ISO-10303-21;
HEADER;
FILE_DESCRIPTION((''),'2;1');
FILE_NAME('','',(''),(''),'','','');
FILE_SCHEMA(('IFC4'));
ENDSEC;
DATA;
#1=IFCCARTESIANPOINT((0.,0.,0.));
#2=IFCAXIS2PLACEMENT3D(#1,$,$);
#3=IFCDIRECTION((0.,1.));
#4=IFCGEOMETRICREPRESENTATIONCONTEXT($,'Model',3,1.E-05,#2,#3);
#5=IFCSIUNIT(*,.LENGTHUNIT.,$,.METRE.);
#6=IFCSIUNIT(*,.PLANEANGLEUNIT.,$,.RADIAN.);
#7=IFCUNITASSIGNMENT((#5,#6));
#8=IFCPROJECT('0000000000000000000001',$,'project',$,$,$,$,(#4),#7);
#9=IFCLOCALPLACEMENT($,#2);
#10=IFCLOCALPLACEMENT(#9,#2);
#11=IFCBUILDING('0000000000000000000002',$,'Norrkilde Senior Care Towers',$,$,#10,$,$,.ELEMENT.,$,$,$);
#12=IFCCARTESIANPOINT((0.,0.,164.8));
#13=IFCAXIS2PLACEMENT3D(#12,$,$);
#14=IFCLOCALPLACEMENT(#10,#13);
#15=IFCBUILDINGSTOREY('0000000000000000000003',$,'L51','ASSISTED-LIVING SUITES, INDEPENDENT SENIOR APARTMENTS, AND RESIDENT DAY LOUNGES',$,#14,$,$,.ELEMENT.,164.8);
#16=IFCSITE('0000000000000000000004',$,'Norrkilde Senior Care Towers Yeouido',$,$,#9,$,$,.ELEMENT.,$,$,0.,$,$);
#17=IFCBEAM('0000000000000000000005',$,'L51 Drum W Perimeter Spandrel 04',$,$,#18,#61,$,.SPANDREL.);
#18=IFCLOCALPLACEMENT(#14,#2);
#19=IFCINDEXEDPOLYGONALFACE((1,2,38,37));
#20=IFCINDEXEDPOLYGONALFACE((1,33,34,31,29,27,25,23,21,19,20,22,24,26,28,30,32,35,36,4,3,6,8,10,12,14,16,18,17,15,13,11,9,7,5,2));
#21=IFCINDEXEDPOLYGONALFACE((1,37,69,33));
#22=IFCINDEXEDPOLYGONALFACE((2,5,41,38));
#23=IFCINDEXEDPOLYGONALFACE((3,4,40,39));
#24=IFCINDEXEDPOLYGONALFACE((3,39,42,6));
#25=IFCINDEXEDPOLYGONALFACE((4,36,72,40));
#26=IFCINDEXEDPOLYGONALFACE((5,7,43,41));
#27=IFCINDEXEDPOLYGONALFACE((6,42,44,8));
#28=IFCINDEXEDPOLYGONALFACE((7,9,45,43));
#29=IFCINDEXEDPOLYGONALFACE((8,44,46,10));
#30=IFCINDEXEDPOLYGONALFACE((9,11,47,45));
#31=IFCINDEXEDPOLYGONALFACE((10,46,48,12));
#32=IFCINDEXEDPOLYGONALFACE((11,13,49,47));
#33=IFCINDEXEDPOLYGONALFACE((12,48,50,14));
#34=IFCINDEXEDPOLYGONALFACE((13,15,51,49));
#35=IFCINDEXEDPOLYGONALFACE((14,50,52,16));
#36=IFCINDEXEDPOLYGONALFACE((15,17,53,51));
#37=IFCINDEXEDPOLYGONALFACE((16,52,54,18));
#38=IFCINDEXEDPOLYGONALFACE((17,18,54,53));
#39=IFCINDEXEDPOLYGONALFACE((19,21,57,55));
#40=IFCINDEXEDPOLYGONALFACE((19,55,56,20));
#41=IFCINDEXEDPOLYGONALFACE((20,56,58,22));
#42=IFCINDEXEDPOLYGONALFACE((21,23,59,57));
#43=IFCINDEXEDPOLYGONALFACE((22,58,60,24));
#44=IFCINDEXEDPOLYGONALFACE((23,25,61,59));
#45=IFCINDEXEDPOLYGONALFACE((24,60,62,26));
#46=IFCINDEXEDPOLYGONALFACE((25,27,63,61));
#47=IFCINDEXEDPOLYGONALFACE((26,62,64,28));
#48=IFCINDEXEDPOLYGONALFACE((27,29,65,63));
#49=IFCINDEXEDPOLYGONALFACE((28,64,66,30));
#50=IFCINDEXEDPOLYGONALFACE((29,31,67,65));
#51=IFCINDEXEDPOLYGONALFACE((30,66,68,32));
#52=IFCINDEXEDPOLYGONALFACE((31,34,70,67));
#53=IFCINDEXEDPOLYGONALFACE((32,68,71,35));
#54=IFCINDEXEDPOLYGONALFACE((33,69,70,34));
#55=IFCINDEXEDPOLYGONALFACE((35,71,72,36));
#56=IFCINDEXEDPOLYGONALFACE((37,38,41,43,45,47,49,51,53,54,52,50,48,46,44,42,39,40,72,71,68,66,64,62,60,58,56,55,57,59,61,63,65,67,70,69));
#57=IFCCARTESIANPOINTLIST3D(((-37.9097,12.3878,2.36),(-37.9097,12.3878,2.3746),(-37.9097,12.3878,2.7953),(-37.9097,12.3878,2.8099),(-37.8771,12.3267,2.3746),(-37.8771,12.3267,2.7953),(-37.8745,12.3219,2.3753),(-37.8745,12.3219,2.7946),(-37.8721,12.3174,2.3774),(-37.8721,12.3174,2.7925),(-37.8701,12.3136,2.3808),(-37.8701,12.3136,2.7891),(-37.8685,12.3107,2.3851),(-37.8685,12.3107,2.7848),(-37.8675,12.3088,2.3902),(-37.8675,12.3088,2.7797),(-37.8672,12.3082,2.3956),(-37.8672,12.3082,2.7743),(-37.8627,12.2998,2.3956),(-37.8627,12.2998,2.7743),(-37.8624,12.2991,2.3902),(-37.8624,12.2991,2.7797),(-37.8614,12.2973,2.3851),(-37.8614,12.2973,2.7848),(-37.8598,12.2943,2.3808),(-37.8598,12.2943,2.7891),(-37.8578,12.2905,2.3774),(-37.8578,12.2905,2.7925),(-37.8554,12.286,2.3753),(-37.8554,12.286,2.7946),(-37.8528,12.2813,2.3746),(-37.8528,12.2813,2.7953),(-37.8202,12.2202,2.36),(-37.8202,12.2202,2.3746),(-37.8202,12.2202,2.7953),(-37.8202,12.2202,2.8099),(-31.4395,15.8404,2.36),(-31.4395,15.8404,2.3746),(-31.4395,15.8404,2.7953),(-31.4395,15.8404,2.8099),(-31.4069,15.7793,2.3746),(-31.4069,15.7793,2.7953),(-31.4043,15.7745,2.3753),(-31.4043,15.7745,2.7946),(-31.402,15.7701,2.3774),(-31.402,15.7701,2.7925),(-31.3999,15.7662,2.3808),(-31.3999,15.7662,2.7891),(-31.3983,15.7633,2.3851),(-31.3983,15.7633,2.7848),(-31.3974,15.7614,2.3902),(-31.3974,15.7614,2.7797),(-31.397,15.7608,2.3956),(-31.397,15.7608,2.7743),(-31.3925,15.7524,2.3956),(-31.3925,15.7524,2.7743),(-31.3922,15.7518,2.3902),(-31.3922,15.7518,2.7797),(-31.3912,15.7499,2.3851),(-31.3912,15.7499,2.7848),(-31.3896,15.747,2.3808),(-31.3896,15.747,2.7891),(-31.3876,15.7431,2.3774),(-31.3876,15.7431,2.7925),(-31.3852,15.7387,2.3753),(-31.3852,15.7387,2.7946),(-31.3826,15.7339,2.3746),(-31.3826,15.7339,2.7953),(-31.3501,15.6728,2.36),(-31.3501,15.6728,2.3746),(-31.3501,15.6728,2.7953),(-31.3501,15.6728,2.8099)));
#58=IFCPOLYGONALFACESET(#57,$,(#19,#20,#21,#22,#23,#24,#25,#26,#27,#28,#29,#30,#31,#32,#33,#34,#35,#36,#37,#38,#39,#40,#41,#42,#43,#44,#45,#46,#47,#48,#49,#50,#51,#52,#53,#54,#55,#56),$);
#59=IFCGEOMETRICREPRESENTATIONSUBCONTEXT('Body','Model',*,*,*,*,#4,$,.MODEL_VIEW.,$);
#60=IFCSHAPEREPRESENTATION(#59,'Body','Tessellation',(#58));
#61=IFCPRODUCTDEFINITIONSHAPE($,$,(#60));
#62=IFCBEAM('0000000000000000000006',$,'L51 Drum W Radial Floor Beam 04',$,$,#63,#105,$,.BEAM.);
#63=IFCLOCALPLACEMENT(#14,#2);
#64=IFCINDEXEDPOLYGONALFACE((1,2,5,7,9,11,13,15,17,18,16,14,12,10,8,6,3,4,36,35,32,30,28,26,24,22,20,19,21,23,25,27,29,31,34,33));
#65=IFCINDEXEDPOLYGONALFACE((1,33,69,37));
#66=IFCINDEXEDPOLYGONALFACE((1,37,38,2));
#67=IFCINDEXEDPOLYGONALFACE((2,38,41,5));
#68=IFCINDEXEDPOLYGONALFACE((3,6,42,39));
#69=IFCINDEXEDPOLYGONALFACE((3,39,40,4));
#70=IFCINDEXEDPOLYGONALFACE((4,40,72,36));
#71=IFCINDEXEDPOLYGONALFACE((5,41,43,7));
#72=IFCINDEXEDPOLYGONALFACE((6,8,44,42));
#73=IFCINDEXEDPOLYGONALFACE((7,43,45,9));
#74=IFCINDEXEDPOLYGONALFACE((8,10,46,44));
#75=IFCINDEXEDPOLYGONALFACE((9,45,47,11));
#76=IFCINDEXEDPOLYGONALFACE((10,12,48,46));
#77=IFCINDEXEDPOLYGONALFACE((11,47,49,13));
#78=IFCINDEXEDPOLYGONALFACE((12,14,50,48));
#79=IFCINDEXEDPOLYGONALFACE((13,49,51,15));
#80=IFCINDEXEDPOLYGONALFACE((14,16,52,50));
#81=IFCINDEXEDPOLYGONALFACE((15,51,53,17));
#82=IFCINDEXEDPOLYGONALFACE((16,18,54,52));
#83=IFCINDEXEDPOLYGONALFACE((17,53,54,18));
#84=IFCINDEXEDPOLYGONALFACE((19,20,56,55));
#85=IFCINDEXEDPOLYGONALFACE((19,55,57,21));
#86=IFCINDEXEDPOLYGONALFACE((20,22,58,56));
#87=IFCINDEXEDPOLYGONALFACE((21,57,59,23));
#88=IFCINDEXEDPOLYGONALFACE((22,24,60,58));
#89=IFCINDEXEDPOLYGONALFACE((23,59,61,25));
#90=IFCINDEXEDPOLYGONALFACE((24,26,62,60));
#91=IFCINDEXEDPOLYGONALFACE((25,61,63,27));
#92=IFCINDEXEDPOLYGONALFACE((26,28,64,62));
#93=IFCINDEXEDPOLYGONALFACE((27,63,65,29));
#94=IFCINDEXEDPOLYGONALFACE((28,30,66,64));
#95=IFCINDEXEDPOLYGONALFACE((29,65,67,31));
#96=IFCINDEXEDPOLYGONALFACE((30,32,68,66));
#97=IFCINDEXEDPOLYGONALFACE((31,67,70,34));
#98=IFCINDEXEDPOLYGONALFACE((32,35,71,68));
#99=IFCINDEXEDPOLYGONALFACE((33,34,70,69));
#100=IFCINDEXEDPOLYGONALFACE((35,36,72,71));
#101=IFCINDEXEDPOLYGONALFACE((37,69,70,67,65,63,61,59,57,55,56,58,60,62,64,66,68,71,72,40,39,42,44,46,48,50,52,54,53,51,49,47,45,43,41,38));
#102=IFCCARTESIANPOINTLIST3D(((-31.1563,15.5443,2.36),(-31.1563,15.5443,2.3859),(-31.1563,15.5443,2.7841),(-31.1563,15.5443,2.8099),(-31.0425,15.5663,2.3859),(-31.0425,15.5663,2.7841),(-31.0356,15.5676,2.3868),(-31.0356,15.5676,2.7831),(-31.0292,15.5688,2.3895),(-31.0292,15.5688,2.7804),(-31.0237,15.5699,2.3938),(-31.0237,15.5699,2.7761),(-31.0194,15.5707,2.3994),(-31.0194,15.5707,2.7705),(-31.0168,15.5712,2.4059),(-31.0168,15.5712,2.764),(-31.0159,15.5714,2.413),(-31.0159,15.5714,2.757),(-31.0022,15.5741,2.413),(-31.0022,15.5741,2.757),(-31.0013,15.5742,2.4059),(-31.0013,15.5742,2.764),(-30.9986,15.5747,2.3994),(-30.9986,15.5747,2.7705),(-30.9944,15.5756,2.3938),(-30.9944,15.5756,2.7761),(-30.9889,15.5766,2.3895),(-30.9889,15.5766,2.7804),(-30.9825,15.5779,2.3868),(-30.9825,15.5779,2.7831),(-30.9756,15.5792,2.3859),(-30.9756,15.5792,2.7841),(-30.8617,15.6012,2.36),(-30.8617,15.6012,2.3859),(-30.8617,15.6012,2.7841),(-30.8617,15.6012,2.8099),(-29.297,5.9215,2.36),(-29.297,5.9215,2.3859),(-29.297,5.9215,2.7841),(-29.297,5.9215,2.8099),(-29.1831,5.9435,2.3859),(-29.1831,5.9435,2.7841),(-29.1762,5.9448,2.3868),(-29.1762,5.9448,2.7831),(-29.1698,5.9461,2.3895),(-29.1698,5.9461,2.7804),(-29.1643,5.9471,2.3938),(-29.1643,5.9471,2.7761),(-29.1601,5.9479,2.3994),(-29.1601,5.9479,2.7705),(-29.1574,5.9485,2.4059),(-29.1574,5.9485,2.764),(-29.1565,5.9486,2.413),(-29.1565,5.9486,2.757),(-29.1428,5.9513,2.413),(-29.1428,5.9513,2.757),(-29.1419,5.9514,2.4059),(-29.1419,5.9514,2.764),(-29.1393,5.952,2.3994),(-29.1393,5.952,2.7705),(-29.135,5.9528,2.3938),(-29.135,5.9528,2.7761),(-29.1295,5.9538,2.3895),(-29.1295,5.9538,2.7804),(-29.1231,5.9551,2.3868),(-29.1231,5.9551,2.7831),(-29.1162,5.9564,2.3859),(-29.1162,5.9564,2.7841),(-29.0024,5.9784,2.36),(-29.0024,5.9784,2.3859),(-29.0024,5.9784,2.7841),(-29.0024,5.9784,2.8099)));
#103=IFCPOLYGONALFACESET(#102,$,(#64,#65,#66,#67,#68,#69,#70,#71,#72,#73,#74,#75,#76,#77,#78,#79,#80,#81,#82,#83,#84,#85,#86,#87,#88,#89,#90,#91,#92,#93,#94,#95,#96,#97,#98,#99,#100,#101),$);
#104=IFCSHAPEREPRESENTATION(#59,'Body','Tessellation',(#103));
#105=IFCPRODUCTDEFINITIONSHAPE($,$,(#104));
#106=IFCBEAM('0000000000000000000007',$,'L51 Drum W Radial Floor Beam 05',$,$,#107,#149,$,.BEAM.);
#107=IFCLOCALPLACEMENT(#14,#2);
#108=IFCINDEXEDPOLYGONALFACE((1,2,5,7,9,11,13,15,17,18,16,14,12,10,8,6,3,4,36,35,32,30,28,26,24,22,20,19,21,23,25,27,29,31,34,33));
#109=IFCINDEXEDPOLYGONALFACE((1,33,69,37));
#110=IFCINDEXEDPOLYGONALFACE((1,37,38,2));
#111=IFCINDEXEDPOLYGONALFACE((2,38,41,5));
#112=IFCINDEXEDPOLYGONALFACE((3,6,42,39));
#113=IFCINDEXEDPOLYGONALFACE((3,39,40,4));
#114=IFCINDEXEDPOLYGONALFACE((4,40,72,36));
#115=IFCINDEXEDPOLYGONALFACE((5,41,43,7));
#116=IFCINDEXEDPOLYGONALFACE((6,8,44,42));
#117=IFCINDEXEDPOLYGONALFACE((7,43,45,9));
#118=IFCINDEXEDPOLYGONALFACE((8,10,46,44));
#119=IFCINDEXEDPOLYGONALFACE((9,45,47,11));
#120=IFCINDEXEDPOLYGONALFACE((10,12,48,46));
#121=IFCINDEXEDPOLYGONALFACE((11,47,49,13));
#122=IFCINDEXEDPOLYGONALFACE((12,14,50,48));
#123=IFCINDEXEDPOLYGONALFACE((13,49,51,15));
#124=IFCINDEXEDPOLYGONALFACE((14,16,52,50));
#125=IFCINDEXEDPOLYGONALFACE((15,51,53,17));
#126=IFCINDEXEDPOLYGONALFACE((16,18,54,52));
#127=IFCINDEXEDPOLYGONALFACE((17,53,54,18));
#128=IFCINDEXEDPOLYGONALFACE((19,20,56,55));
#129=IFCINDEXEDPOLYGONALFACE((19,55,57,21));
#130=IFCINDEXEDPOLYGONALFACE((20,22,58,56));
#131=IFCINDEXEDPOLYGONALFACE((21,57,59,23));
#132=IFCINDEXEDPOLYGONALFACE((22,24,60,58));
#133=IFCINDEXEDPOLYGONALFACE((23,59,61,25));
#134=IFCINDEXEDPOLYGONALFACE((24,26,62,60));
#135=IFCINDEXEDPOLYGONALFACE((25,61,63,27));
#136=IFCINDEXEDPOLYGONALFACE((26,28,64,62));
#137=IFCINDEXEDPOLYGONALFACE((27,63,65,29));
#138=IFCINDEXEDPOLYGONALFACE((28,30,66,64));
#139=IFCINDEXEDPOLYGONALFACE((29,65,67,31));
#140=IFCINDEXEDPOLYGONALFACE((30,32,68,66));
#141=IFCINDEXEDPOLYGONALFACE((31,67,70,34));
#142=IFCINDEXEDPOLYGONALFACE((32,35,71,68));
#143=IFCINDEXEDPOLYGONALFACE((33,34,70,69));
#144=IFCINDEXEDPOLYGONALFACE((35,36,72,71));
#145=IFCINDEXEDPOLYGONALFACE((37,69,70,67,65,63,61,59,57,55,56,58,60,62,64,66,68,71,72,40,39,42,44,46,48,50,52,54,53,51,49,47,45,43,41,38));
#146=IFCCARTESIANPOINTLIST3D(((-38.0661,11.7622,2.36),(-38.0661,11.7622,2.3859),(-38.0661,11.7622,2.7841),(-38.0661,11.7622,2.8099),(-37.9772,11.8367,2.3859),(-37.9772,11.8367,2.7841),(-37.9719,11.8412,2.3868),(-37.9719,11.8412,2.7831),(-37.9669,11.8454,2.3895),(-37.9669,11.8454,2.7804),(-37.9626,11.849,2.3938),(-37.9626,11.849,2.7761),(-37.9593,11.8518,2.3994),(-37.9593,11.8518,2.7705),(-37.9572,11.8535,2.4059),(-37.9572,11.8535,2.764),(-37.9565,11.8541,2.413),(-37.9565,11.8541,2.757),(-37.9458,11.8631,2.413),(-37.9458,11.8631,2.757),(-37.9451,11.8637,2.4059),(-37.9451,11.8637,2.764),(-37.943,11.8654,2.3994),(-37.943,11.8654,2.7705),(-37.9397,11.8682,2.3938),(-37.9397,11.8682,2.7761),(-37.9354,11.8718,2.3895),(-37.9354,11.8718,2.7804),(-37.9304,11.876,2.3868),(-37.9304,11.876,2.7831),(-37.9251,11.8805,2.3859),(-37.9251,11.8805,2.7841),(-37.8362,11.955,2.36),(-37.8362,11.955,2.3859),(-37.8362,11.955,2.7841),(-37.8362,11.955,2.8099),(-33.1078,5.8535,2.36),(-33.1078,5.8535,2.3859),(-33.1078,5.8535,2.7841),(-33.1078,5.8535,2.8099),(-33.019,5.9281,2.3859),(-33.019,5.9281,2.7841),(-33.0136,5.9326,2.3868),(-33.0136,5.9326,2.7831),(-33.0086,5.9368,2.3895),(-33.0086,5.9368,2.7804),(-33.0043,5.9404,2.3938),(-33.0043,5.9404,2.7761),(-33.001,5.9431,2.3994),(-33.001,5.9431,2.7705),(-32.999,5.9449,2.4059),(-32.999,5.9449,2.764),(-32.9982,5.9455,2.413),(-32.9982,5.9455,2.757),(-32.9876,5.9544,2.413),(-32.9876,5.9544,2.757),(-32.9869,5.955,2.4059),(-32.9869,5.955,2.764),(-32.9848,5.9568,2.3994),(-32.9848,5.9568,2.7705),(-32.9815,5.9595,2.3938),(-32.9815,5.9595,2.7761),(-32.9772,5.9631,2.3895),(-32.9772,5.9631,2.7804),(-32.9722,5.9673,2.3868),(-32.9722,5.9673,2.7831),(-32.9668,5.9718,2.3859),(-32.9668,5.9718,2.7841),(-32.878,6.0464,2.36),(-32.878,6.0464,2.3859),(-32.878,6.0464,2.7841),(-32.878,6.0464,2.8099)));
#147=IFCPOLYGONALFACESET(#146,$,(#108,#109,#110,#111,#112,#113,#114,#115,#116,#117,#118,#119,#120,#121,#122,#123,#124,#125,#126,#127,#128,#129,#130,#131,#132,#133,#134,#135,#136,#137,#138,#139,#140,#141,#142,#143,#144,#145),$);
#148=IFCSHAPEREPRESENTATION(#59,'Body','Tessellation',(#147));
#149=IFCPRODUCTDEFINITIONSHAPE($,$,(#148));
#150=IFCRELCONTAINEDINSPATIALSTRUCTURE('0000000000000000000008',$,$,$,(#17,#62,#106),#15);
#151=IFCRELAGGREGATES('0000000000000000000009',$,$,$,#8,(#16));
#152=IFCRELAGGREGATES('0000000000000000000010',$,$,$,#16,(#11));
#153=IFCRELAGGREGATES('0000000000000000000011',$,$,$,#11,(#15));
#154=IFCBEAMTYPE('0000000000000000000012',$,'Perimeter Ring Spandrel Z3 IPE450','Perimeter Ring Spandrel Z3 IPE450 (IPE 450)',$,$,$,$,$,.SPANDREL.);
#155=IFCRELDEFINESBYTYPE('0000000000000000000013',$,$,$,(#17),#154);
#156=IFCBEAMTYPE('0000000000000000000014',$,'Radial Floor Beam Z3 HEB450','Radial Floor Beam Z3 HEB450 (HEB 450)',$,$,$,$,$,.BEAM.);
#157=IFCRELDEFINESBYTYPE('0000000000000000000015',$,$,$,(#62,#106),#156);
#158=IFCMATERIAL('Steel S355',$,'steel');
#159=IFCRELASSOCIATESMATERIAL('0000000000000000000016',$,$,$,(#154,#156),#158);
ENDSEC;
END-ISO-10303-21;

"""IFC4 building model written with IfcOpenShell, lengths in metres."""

from ifc_helpers import new_model, si_unit, direction, frame, origin, origin_2d, place, context, subcontext, project, spatial, i_section, extrude, source, transform, mapped, material, material_profile, profile_set, type_object, type_shapes, element, save


model = new_model("IFC4")

# Units and contexts
model_context = context("Model", 3, precision=1e-05, world=origin(), true_north=direction((0.0, 1.0)))
body_context = subcontext(model_context, "Body", "Model", "MODEL_VIEW")
ifc_project = project(units=[si_unit("LENGTHUNIT", "METRE"), si_unit("PLANEANGLEUNIT", "RADIAN")], contexts=[model_context])

# Site, building, storey
site_placement = place(None, origin())
site = spatial("IfcSite", under=ifc_project, at=site_placement, Name="Norrkilde Senior Care Towers Yeouido", CompositionType="ELEMENT", RefElevation=0.0)
building_placement = place(site_placement, origin())
building = spatial("IfcBuilding", under=site, at=building_placement, Name="Norrkilde Senior Care Towers", CompositionType="ELEMENT")
storey_placement = place(building_placement, frame((0.0, 0.0, 164.8)))
storey = spatial("IfcBuildingStorey", under=building, at=storey_placement, Name="L51", Description="ASSISTED-LIVING SUITES, INDEPENDENT SENIOR APARTMENTS, AND RESIDENT DAY LOUNGES", CompositionType="ELEMENT", Elevation=164.8)

# Beams
ifc_material_1 = material(Name="Steel S355", Category="steel")
ifc_material_profile_1 = material_profile(ifc_material_1, i_section(OverallWidth=0.1899, OverallDepth=0.45, WebThickness=0.0095, FlangeThickness=0.0146, FilletRadius=0.021, at=origin_2d()), Name="IPE 450")
ifc_profile_set_1 = profile_set([ifc_material_profile_1], Name="Steel S355")
beam_type_1 = type_object("IfcBeamType", Name="Perimeter Ring Spandrel Z3 IPE450", Description="Perimeter Ring Spandrel Z3 IPE450 (IPE 450)", PredefinedType="SPANDREL", material=ifc_profile_set_1)
shared_shape_1 = source(origin(), body_context, "Body", "SweptSolid", [
    extrude(i_section(OverallWidth=0.1899, OverallDepth=0.45, WebThickness=0.0095, FlangeThickness=0.0146, FilletRadius=0.021, at=origin_2d()), origin(), (0.0, 0.0, 1.0), 7.3337),
])
beam_1_placement = place(storey_placement, frame((-31.3948, 15.7566, 2.585), z_axis=(-0.882248, -0.470785, 0.0), x_axis=(0.470785, -0.882248, 0.0)))
element("IfcBeam", 1, at=beam_1_placement, inside=storey, type_object=beam_type_1, Name="L51 Drum W Perimeter Spandrel 04", PredefinedType="SPANDREL", context=body_context, shape_type="MappedRepresentation", body=[
    mapped(shared_shape_1, transform((0.0, 0.0, 0.0), x_axis=(1.0, 0.0, 0.0), y_axis=(0.0, 1.0, 0.0), z_axis=(0.0, 0.0, 1.0), scale=1.0)),
])
ifc_material_profile_2 = material_profile(ifc_material_1, i_section(OverallWidth=0.3, OverallDepth=0.45, WebThickness=0.0139, FlangeThickness=0.0259, FilletRadius=0.0271, at=origin_2d()), Name="HEB 450")
ifc_profile_set_2 = profile_set([ifc_material_profile_2], Name="Steel S355")
beam_type_2 = type_object("IfcBeamType", Name="Radial Floor Beam Z3 HEB450", Description="Radial Floor Beam Z3 HEB450 (HEB 450)", PredefinedType="BEAM", material=ifc_profile_set_2)
shared_shape_2 = source(origin(), body_context, "Body", "SweptSolid", [
    extrude(i_section(OverallWidth=0.3, OverallDepth=0.45, WebThickness=0.0139, FlangeThickness=0.0259, FilletRadius=0.0271, at=origin_2d()), origin(), (0.0, 0.0, 1.0), 9.8008),
])
beam_2_placement = place(storey_placement, frame((-29.1497, 5.95, 2.585), z_axis=(-0.189717, 0.981839, 0.0), x_axis=(-0.981839, -0.189717, 0.0)))
element("IfcBeam", 2, at=beam_2_placement, inside=storey, type_object=beam_type_2, Name="L51 Drum W Radial Floor Beam 04", PredefinedType="BEAM", context=body_context, shape_type="MappedRepresentation", body=[
    mapped(shared_shape_2, transform((0.0, 0.0, 0.0), x_axis=(1.0, 0.0, 0.0), y_axis=(0.0, 1.0, 0.0), z_axis=(0.0, 0.0, 1.0), scale=1.0)),
])
shared_shape_3 = source(origin(), body_context, "Body", "SweptSolid", [
    extrude(i_section(OverallWidth=0.3, OverallDepth=0.45, WebThickness=0.0139, FlangeThickness=0.0259, FilletRadius=0.0271, at=origin_2d()), origin(), (0.0, 0.0, 1.0), 7.7134),
])
type_shapes(beam_type_2, [shared_shape_2, shared_shape_3])
beam_3_placement = place(storey_placement, frame((-32.9929, 5.95, 2.585), z_axis=(-0.642808, 0.766027, 0.0), x_axis=(-0.766027, -0.642808, 0.0)))
element("IfcBeam", 3, at=beam_3_placement, inside=storey, type_object=beam_type_2, Name="L51 Drum W Radial Floor Beam 05", PredefinedType="BEAM", context=body_context, shape_type="MappedRepresentation", body=[
    mapped(shared_shape_3, transform((0.0, 0.0, 0.0), x_axis=(1.0, 0.0, 0.0), y_axis=(0.0, 1.0, 0.0), z_axis=(0.0, 0.0, 1.0), scale=1.0)),
])

save(model, "model.ifc")
